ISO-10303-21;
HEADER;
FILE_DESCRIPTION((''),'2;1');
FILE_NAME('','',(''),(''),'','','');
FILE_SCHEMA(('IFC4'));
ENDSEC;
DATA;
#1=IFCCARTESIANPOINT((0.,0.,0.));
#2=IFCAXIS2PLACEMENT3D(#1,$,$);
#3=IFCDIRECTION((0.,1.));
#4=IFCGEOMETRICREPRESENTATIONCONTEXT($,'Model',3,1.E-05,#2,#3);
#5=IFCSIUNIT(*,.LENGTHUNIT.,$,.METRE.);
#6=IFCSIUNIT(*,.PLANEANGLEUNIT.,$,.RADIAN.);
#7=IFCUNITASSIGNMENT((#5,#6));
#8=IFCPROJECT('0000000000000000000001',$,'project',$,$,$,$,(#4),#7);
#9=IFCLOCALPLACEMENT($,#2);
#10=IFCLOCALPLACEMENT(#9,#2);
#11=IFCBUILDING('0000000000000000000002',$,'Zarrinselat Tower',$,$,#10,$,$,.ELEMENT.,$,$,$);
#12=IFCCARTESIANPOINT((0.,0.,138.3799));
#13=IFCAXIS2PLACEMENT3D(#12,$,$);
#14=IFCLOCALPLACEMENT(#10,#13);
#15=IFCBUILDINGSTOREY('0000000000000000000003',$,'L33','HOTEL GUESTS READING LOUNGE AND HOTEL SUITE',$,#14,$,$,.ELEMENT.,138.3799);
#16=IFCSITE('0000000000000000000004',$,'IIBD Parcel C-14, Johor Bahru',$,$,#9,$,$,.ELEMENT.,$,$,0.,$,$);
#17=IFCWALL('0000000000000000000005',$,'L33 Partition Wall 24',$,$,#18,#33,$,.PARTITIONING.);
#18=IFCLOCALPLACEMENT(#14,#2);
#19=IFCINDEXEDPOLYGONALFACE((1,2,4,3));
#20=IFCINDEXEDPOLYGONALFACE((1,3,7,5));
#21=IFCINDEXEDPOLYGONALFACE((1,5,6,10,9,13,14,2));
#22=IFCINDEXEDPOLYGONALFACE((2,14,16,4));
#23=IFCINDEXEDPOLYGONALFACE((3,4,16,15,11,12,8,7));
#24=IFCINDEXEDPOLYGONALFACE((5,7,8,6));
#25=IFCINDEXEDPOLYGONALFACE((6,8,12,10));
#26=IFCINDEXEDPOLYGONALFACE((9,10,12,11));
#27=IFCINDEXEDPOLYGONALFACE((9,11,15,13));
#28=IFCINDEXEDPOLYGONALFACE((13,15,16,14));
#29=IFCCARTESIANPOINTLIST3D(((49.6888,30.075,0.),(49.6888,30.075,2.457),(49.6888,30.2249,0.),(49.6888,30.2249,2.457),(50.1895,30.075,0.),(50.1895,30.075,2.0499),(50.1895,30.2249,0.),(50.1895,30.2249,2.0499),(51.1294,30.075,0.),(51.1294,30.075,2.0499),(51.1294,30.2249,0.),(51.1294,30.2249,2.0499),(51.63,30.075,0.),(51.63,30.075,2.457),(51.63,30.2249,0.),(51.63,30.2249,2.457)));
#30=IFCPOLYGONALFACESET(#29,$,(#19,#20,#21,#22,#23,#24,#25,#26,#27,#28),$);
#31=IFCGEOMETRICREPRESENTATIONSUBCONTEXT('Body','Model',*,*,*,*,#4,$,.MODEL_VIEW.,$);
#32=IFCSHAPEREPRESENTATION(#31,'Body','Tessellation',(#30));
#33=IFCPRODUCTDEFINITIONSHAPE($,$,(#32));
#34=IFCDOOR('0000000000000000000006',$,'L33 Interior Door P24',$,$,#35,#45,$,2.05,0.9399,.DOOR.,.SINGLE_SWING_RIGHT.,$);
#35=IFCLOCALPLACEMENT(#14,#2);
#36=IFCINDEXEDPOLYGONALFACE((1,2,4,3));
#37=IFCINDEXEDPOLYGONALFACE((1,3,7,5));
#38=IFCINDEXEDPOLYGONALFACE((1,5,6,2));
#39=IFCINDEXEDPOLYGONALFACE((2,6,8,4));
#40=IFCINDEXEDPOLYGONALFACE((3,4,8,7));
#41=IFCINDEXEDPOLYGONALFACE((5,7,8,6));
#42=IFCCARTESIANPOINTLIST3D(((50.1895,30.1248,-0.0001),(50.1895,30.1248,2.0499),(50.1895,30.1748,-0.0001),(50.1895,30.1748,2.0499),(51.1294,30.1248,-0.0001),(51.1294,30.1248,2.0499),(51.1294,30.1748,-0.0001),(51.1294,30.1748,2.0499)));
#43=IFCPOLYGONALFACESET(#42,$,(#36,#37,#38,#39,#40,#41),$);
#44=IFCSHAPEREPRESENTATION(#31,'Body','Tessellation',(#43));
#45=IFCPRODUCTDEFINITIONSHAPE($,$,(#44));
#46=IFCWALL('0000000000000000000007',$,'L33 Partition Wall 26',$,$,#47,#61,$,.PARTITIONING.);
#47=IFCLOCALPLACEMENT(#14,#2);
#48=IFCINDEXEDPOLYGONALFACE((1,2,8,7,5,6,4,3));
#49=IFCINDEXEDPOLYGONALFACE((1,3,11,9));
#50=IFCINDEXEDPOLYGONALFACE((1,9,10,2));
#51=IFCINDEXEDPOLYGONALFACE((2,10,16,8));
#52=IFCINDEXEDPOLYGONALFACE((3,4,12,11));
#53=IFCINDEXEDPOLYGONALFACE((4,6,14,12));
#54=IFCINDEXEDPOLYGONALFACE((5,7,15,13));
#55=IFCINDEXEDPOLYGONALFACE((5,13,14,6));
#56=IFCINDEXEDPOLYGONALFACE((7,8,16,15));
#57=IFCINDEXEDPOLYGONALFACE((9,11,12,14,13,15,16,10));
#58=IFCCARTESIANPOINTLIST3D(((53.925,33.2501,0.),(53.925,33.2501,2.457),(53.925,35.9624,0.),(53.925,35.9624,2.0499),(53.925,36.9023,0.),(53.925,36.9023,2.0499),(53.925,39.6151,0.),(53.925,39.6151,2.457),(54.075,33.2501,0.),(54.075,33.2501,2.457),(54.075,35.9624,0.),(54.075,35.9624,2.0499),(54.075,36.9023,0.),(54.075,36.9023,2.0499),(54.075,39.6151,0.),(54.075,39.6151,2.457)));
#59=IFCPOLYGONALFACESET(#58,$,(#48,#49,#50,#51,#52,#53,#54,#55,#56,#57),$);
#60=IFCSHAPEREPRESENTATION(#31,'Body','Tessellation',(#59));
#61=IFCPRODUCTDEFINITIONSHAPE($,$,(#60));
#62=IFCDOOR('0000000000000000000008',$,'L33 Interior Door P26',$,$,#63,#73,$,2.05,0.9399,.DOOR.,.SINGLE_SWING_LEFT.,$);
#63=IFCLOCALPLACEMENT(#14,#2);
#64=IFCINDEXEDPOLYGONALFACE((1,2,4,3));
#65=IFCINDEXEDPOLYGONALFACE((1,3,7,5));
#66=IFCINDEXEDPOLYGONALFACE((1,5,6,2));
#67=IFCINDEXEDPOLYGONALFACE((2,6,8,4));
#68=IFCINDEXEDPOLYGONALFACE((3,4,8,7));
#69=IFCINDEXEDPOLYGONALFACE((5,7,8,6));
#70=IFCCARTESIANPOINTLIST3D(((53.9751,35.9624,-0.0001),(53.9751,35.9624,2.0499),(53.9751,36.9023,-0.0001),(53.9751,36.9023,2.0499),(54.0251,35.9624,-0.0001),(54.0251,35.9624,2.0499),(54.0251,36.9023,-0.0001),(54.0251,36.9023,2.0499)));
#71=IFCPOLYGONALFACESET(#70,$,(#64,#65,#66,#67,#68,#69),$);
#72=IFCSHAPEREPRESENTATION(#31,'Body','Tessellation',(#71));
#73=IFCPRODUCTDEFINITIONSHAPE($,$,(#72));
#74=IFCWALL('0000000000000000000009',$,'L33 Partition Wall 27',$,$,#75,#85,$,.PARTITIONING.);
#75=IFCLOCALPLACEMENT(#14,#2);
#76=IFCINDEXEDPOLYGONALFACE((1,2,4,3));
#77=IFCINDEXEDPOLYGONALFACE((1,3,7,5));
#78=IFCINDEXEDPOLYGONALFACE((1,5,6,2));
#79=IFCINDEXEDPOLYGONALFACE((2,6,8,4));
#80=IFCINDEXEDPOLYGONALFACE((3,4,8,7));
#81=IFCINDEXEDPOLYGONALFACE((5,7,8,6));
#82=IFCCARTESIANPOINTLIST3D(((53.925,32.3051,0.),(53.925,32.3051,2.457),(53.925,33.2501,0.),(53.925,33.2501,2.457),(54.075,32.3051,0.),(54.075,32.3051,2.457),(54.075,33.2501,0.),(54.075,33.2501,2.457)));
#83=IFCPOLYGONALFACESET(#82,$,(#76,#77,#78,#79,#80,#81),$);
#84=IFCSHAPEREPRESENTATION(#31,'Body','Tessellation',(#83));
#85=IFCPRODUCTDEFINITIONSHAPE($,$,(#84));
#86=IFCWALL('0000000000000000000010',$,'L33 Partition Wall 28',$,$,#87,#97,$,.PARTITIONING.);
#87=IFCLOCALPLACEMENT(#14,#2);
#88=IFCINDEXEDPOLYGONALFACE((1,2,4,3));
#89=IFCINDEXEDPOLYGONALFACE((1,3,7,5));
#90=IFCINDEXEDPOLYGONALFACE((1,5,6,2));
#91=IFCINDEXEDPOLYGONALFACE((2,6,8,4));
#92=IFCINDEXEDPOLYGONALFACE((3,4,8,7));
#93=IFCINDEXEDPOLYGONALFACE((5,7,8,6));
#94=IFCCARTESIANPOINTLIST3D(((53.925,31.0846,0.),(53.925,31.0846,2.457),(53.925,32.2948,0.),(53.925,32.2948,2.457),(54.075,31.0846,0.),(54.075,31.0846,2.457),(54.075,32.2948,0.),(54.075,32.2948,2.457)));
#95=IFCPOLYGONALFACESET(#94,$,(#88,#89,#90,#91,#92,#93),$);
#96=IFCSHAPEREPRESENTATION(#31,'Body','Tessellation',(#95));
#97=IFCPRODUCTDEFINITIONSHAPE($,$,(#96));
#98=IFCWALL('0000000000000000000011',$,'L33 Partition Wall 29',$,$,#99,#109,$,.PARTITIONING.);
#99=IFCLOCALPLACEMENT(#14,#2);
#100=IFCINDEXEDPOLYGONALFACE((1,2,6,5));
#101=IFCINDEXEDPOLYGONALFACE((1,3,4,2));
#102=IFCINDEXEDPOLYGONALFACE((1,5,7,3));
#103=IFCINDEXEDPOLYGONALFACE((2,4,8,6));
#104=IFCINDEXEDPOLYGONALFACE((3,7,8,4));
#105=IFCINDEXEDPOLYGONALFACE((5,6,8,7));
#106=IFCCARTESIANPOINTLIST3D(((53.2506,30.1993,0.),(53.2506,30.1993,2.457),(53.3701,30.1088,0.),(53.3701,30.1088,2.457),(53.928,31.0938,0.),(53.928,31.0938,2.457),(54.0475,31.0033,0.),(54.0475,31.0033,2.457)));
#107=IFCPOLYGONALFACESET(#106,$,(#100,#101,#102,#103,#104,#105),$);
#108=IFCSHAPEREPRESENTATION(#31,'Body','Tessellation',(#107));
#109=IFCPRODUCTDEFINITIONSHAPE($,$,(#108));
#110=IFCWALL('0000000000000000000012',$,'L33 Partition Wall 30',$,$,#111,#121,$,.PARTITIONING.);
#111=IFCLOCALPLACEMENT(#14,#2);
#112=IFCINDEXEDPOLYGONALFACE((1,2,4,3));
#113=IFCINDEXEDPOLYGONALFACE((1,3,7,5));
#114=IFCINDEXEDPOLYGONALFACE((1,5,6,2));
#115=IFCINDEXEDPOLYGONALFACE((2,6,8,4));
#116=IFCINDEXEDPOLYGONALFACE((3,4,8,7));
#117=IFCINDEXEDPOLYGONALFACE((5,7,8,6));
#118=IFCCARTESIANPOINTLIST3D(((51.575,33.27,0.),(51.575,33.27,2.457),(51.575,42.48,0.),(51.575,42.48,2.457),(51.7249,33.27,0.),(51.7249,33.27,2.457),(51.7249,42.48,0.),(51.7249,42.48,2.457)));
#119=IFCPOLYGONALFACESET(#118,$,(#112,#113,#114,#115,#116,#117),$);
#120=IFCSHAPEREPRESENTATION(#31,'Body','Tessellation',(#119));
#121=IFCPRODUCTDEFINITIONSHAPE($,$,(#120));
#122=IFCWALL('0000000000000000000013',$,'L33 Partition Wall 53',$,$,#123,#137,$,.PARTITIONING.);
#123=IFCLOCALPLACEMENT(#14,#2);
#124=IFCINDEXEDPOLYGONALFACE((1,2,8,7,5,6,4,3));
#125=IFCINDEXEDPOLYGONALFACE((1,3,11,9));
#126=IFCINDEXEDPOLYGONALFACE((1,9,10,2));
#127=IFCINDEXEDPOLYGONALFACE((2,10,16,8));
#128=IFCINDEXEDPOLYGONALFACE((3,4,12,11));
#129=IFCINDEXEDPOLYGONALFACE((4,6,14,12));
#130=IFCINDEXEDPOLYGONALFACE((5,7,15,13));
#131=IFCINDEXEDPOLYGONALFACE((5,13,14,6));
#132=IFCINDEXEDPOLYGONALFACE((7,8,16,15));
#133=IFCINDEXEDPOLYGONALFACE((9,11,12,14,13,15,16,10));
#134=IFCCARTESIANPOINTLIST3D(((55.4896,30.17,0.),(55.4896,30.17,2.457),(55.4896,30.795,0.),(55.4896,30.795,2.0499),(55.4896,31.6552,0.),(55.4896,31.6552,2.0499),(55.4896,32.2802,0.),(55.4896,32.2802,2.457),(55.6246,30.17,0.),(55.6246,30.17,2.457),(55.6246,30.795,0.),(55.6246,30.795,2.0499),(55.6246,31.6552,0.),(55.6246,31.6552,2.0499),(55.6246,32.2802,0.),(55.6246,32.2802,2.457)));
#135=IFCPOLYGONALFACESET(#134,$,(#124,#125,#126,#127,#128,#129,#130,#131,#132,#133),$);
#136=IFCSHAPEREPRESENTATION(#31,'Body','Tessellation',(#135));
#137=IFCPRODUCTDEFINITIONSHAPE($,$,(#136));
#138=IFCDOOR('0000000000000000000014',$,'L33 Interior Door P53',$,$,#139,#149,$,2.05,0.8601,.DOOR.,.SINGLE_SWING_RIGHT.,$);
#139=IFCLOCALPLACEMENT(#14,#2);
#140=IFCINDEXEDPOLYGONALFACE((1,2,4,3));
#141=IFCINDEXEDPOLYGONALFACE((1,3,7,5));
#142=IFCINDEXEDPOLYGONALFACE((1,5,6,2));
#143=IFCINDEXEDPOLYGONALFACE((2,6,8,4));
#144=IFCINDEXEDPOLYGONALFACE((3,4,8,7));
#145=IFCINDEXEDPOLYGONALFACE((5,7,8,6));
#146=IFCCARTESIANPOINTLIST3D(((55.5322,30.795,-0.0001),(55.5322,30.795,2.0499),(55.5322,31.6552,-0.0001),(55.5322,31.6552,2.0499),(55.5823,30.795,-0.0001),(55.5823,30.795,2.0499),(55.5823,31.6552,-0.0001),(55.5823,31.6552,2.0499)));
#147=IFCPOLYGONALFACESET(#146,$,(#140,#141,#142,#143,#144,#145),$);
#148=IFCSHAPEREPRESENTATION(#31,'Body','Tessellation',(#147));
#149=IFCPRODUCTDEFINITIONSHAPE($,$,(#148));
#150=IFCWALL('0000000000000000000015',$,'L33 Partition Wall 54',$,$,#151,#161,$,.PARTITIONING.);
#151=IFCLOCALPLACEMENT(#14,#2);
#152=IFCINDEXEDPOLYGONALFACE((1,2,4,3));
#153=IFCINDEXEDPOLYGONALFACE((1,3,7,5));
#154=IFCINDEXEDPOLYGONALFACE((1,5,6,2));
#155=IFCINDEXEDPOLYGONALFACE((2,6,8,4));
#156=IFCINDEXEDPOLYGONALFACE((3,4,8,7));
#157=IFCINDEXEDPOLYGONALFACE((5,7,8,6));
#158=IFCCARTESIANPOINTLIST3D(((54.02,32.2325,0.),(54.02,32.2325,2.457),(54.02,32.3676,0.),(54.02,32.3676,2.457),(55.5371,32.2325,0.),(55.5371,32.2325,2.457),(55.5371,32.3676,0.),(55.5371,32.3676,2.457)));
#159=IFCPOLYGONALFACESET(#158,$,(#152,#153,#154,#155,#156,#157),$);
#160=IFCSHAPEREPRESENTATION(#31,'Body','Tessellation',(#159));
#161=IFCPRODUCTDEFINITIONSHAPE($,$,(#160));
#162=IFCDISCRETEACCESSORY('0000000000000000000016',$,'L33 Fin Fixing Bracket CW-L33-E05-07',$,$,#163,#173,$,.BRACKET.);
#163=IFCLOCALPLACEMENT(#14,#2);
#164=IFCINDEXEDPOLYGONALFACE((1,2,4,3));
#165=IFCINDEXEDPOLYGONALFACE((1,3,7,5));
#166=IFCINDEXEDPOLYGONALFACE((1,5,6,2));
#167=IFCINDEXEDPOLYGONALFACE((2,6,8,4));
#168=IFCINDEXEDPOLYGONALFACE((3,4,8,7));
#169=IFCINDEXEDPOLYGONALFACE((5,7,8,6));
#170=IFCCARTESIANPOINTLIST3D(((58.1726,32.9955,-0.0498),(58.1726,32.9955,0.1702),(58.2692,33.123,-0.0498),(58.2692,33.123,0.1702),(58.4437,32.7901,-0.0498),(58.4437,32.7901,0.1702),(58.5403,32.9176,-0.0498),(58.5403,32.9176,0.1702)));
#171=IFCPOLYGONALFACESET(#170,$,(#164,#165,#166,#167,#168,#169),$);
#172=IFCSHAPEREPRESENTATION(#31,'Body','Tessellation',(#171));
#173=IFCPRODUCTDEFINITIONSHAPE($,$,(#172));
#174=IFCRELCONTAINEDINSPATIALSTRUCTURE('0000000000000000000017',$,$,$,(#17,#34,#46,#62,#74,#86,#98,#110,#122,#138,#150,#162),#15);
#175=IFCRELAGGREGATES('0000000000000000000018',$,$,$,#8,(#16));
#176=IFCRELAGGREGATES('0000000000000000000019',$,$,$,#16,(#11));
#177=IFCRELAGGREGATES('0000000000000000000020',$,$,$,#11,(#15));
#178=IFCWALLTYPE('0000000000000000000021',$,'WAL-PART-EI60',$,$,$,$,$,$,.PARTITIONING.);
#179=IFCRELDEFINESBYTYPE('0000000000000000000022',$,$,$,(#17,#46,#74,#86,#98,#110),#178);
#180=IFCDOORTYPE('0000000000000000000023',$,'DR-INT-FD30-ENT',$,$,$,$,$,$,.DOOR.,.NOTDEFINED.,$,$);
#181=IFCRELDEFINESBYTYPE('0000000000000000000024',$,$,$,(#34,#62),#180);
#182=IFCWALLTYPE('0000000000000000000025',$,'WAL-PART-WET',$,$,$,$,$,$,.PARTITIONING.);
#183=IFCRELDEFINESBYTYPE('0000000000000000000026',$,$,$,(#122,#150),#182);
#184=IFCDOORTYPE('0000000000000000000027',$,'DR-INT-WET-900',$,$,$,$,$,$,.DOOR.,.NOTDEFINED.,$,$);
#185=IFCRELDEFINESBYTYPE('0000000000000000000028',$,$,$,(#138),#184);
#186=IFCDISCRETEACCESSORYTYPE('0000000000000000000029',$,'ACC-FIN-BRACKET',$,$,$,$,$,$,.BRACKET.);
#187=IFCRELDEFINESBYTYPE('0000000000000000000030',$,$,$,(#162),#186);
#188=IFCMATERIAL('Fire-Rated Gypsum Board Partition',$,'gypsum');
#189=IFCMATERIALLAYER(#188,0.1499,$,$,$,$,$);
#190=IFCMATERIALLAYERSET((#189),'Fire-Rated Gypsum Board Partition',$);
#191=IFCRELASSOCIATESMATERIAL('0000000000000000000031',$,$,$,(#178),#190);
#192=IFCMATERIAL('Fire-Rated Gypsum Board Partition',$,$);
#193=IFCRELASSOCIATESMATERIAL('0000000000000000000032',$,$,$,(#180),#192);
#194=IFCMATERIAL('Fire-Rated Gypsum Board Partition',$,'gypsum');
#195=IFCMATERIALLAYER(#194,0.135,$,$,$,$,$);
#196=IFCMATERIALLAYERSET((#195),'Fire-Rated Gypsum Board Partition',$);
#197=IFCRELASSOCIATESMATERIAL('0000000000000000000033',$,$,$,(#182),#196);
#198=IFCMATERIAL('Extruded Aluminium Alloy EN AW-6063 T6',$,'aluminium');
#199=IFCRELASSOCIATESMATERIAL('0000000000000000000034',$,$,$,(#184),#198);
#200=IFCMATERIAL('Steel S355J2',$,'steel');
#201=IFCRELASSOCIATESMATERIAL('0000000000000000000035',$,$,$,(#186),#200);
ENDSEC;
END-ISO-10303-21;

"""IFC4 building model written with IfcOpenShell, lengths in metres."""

from ifc_helpers import new_model, si_unit, direction, frame, frame_2d, origin, origin_2d, place, context, subcontext, project, spatial, rectangle, extrude, material, layer, layer_set, type_object, element, fill, save


model = new_model("IFC4")

# Units and contexts
model_context = context("Model", 3, precision=1e-05, world=origin(), true_north=direction((0.0, 1.0)))
body_context = subcontext(model_context, "Body", "Model", "MODEL_VIEW")
ifc_project = project(units=[si_unit("LENGTHUNIT", "METRE"), si_unit("PLANEANGLEUNIT", "RADIAN")], contexts=[model_context])

# Site, building, storey
site_placement = place(None, origin())
site = spatial("IfcSite", under=ifc_project, at=site_placement, Name="IIBD Parcel C-14, Johor Bahru", CompositionType="ELEMENT", RefElevation=0.0)
building_placement = place(site_placement, origin())
building = spatial("IfcBuilding", under=site, at=building_placement, Name="Zarrinselat Tower", CompositionType="ELEMENT")
storey_placement = place(building_placement, frame((0.0, 0.0, 138.3799)))
storey = spatial("IfcBuildingStorey", under=building, at=storey_placement, Name="L33", Description="HOTEL GUESTS READING LOUNGE AND HOTEL SUITE", CompositionType="ELEMENT", Elevation=138.3799)

# Walls, openings, doors
ifc_material_1 = material(Name="Fire-Rated Gypsum Board Partition", Category="gypsum")
ifc_layer_1 = layer(ifc_material_1, 0.1499)
ifc_layer_set_1 = layer_set([ifc_layer_1], Name="Fire-Rated Gypsum Board Partition")
wall_type_1 = type_object("IfcWallType", Name="WAL-PART-EI60", PredefinedType="PARTITIONING", material=ifc_layer_set_1)
wall_1_placement = place(storey_placement, frame((49.6887, 30.1499, 0.0), z_axis=(0.0, 0.0, 1.0), x_axis=(1.0, 0.0, 0.0)))
wall_1 = element("IfcWall", 1, at=wall_1_placement, inside=storey, type_object=wall_type_1, Name="L33 Partition Wall 24", PredefinedType="PARTITIONING", context=body_context, shape_type="SweptSolid", body=[
    extrude(rectangle(XDim=1.9412, YDim=0.1499, at=frame_2d((0.9707, 0.0))), origin(), (0.0, 0.0, 1.0), 2.457),
])
opening_1_placement = place(wall_1_placement, frame((0.5007, 0.0, 0.0)))
opening_1 = element("IfcOpeningElement", 2, at=opening_1_placement, cuts=wall_1, PredefinedType="OPENING", context=body_context, shape_type="SweptSolid", body=[
    extrude(rectangle(XDim=0.9399, YDim=2.05, at=frame_2d((0.47, 1.0249))), frame((0.0, 0.085, 0.0), z_axis=(0.0, -1.0, 0.0), x_axis=(1.0, 0.0, 0.0)), (0.0, 0.0, 1.0), 0.1699),
])
ifc_material_2 = material(Name="Fire-Rated Gypsum Board Partition")
door_type_1 = type_object("IfcDoorType", Name="DR-INT-FD30-ENT", OperationType="NOTDEFINED", PredefinedType="DOOR", material=ifc_material_2)
door_1_placement = place(opening_1_placement, origin())
door_1 = element("IfcDoor", 3, at=door_1_placement, inside=storey, type_object=door_type_1, Name="L33 Interior Door P24", OperationType="SINGLE_SWING_RIGHT", OverallHeight=2.05, OverallWidth=0.9399, PredefinedType="DOOR", context=body_context, shape_type="SweptSolid", body=[
    extrude(rectangle(XDim=0.9399, YDim=2.05, at=frame_2d((0.47, 1.0249))), frame((0.0, 0.0249, 0.0), z_axis=(0.0, -1.0, 0.0), x_axis=(1.0, 0.0, 0.0)), (0.0, 0.0, 1.0), 0.05),
])
fill(opening_1, door_1)
wall_2_placement = place(storey_placement, frame((54.0, 33.25, 0.0), z_axis=(0.0, 0.0, 1.0), x_axis=(0.0, 1.0, 0.0)))
wall_2 = element("IfcWall", 4, at=wall_2_placement, inside=storey, type_object=wall_type_1, Name="L33 Partition Wall 26", PredefinedType="PARTITIONING", context=body_context, shape_type="SweptSolid", body=[
    extrude(rectangle(XDim=6.365, YDim=0.1499, at=frame_2d((3.1826, 0.0))), origin(), (0.0, 0.0, 1.0), 2.457),
])
opening_2_placement = place(wall_2_placement, frame((2.7124, 0.0, 0.0)))
opening_2 = element("IfcOpeningElement", 5, at=opening_2_placement, cuts=wall_2, PredefinedType="OPENING", context=body_context, shape_type="SweptSolid", body=[
    extrude(rectangle(XDim=0.9399, YDim=2.05, at=frame_2d((0.47, 1.0249))), frame((0.0, 0.085, 0.0), z_axis=(0.0, -1.0, 0.0), x_axis=(1.0, 0.0, 0.0)), (0.0, 0.0, 1.0), 0.1699),
])
door_2_placement = place(opening_2_placement, origin())
door_2 = element("IfcDoor", 6, at=door_2_placement, inside=storey, type_object=door_type_1, Name="L33 Interior Door P26", OperationType="SINGLE_SWING_LEFT", OverallHeight=2.05, OverallWidth=0.9399, PredefinedType="DOOR", context=body_context, shape_type="SweptSolid", body=[
    extrude(rectangle(XDim=0.9399, YDim=2.05, at=frame_2d((0.47, 1.0249))), frame((0.0, 0.0249, 0.0), z_axis=(0.0, -1.0, 0.0), x_axis=(1.0, 0.0, 0.0)), (0.0, 0.0, 1.0), 0.05),
])
fill(opening_2, door_2)

# Walls
wall_3_placement = place(storey_placement, frame((54.0, 32.3049, 0.0), z_axis=(0.0, 0.0, 1.0), x_axis=(0.0, 1.0, 0.0)))
element("IfcWall", 7, at=wall_3_placement, inside=storey, type_object=wall_type_1, Name="L33 Partition Wall 27", PredefinedType="PARTITIONING", context=body_context, shape_type="SweptSolid", body=[
    extrude(rectangle(XDim=0.9451, YDim=0.1499, at=frame_2d((0.4727, 0.0))), origin(), (0.0, 0.0, 1.0), 2.457),
])
wall_4_placement = place(storey_placement, frame((54.0, 31.0847, 0.0), z_axis=(0.0, 0.0, 1.0), x_axis=(0.0, 1.0, 0.0)))
element("IfcWall", 8, at=wall_4_placement, inside=storey, type_object=wall_type_1, Name="L33 Partition Wall 28", PredefinedType="PARTITIONING", context=body_context, shape_type="SweptSolid", body=[
    extrude(rectangle(XDim=1.2102, YDim=0.1499, at=frame_2d((0.605, 0.0))), origin(), (0.0, 0.0, 1.0), 2.457),
])
wall_5_placement = place(storey_placement, frame((53.3103, 30.1541, 0.0), z_axis=(0.0, 0.0, 1.0), x_axis=(0.603753, 0.797171, 0.0)))
element("IfcWall", 9, at=wall_5_placement, inside=storey, type_object=wall_type_1, Name="L33 Partition Wall 29", PredefinedType="PARTITIONING", context=body_context, shape_type="SweptSolid", body=[
    extrude(rectangle(XDim=1.1221, YDim=0.1499, at=frame_2d((0.561, 0.0))), origin(), (0.0, 0.0, 1.0), 2.457),
])
wall_6_placement = place(storey_placement, frame((51.6499, 33.27, 0.0), z_axis=(0.0, 0.0, 1.0), x_axis=(0.0, 1.0, 0.0)))
element("IfcWall", 10, at=wall_6_placement, inside=storey, type_object=wall_type_1, Name="L33 Partition Wall 30", PredefinedType="PARTITIONING", context=body_context, shape_type="SweptSolid", body=[
    extrude(rectangle(XDim=9.21, YDim=0.1499, at=frame_2d((4.605, 0.0))), origin(), (0.0, 0.0, 1.0), 2.457),
])

# Wall, opening, door
ifc_material_3 = material(Name="Fire-Rated Gypsum Board Partition", Category="gypsum")
ifc_layer_2 = layer(ifc_material_3, 0.135)
ifc_layer_set_2 = layer_set([ifc_layer_2], Name="Fire-Rated Gypsum Board Partition")
wall_type_2 = type_object("IfcWallType", Name="WAL-PART-WET", PredefinedType="PARTITIONING", material=ifc_layer_set_2)
wall_7_placement = place(storey_placement, frame((55.5571, 30.1699, 0.0), z_axis=(0.0, 0.0, 1.0), x_axis=(0.0, 1.0, 0.0)))
wall_7 = element("IfcWall", 11, at=wall_7_placement, inside=storey, type_object=wall_type_2, Name="L33 Partition Wall 53", PredefinedType="PARTITIONING", context=body_context, shape_type="SweptSolid", body=[
    extrude(rectangle(XDim=2.1101, YDim=0.135, at=frame_2d((1.0552, 0.0))), origin(), (0.0, 0.0, 1.0), 2.457),
])
opening_3_placement = place(wall_7_placement, frame((0.625, 0.0, 0.0)))
opening_3 = element("IfcOpeningElement", 12, at=opening_3_placement, cuts=wall_7, PredefinedType="OPENING", context=body_context, shape_type="SweptSolid", body=[
    extrude(rectangle(XDim=0.8601, YDim=2.05, at=frame_2d((0.4302, 1.0249))), frame((0.0, 0.0774, 0.0), z_axis=(0.0, -1.0, 0.0), x_axis=(1.0, 0.0, 0.0)), (0.0, 0.0, 1.0), 0.155),
])
ifc_material_4 = material(Name="Extruded Aluminium Alloy EN AW-6063 T6", Category="aluminium")
door_type_2 = type_object("IfcDoorType", Name="DR-INT-WET-900", OperationType="NOTDEFINED", PredefinedType="DOOR", material=ifc_material_4)
door_3_placement = place(opening_3_placement, origin())
door_3 = element("IfcDoor", 13, at=door_3_placement, inside=storey, type_object=door_type_2, Name="L33 Interior Door P53", OperationType="SINGLE_SWING_RIGHT", OverallHeight=2.05, OverallWidth=0.8601, PredefinedType="DOOR", context=body_context, shape_type="SweptSolid", body=[
    extrude(rectangle(XDim=0.8601, YDim=2.05, at=frame_2d((0.4302, 1.0249))), frame((0.0, 0.0249, 0.0), z_axis=(0.0, -1.0, 0.0), x_axis=(1.0, 0.0, 0.0)), (0.0, 0.0, 1.0), 0.05),
])
fill(opening_3, door_3)

# Wall
wall_8_placement = place(storey_placement, frame((54.02, 32.3, 0.0), z_axis=(0.0, 0.0, 1.0), x_axis=(1.0, 0.0, 0.0)))
element("IfcWall", 14, at=wall_8_placement, inside=storey, type_object=wall_type_2, Name="L33 Partition Wall 54", PredefinedType="PARTITIONING", context=body_context, shape_type="SweptSolid", body=[
    extrude(rectangle(XDim=1.5171, YDim=0.135, at=frame_2d((0.7585, 0.0))), origin(), (0.0, 0.0, 1.0), 2.457),
])

# Discrete accessory
ifc_material_5 = material(Name="Steel S355J2", Category="steel")
discrete_accessory_type = type_object("IfcDiscreteAccessoryType", Name="ACC-FIN-BRACKET", PredefinedType="BRACKET", material=ifc_material_5)
discrete_accessory_placement = place(storey_placement, frame((58.3564, 32.9565, -0.0498), z_axis=(0.0, 0.0, 1.0), x_axis=(0.797094, -0.603856, 0.0)))
element("IfcDiscreteAccessory", 15, at=discrete_accessory_placement, inside=storey, type_object=discrete_accessory_type, Name="L33 Fin Fixing Bracket CW-L33-E05-07", PredefinedType="BRACKET", context=body_context, shape_type="SweptSolid", body=[
    extrude(rectangle(XDim=0.3401, YDim=0.1599, at=origin_2d()), origin(), (0.0, 0.0, 1.0), 0.22),
])

save(model, "model.ifc")
